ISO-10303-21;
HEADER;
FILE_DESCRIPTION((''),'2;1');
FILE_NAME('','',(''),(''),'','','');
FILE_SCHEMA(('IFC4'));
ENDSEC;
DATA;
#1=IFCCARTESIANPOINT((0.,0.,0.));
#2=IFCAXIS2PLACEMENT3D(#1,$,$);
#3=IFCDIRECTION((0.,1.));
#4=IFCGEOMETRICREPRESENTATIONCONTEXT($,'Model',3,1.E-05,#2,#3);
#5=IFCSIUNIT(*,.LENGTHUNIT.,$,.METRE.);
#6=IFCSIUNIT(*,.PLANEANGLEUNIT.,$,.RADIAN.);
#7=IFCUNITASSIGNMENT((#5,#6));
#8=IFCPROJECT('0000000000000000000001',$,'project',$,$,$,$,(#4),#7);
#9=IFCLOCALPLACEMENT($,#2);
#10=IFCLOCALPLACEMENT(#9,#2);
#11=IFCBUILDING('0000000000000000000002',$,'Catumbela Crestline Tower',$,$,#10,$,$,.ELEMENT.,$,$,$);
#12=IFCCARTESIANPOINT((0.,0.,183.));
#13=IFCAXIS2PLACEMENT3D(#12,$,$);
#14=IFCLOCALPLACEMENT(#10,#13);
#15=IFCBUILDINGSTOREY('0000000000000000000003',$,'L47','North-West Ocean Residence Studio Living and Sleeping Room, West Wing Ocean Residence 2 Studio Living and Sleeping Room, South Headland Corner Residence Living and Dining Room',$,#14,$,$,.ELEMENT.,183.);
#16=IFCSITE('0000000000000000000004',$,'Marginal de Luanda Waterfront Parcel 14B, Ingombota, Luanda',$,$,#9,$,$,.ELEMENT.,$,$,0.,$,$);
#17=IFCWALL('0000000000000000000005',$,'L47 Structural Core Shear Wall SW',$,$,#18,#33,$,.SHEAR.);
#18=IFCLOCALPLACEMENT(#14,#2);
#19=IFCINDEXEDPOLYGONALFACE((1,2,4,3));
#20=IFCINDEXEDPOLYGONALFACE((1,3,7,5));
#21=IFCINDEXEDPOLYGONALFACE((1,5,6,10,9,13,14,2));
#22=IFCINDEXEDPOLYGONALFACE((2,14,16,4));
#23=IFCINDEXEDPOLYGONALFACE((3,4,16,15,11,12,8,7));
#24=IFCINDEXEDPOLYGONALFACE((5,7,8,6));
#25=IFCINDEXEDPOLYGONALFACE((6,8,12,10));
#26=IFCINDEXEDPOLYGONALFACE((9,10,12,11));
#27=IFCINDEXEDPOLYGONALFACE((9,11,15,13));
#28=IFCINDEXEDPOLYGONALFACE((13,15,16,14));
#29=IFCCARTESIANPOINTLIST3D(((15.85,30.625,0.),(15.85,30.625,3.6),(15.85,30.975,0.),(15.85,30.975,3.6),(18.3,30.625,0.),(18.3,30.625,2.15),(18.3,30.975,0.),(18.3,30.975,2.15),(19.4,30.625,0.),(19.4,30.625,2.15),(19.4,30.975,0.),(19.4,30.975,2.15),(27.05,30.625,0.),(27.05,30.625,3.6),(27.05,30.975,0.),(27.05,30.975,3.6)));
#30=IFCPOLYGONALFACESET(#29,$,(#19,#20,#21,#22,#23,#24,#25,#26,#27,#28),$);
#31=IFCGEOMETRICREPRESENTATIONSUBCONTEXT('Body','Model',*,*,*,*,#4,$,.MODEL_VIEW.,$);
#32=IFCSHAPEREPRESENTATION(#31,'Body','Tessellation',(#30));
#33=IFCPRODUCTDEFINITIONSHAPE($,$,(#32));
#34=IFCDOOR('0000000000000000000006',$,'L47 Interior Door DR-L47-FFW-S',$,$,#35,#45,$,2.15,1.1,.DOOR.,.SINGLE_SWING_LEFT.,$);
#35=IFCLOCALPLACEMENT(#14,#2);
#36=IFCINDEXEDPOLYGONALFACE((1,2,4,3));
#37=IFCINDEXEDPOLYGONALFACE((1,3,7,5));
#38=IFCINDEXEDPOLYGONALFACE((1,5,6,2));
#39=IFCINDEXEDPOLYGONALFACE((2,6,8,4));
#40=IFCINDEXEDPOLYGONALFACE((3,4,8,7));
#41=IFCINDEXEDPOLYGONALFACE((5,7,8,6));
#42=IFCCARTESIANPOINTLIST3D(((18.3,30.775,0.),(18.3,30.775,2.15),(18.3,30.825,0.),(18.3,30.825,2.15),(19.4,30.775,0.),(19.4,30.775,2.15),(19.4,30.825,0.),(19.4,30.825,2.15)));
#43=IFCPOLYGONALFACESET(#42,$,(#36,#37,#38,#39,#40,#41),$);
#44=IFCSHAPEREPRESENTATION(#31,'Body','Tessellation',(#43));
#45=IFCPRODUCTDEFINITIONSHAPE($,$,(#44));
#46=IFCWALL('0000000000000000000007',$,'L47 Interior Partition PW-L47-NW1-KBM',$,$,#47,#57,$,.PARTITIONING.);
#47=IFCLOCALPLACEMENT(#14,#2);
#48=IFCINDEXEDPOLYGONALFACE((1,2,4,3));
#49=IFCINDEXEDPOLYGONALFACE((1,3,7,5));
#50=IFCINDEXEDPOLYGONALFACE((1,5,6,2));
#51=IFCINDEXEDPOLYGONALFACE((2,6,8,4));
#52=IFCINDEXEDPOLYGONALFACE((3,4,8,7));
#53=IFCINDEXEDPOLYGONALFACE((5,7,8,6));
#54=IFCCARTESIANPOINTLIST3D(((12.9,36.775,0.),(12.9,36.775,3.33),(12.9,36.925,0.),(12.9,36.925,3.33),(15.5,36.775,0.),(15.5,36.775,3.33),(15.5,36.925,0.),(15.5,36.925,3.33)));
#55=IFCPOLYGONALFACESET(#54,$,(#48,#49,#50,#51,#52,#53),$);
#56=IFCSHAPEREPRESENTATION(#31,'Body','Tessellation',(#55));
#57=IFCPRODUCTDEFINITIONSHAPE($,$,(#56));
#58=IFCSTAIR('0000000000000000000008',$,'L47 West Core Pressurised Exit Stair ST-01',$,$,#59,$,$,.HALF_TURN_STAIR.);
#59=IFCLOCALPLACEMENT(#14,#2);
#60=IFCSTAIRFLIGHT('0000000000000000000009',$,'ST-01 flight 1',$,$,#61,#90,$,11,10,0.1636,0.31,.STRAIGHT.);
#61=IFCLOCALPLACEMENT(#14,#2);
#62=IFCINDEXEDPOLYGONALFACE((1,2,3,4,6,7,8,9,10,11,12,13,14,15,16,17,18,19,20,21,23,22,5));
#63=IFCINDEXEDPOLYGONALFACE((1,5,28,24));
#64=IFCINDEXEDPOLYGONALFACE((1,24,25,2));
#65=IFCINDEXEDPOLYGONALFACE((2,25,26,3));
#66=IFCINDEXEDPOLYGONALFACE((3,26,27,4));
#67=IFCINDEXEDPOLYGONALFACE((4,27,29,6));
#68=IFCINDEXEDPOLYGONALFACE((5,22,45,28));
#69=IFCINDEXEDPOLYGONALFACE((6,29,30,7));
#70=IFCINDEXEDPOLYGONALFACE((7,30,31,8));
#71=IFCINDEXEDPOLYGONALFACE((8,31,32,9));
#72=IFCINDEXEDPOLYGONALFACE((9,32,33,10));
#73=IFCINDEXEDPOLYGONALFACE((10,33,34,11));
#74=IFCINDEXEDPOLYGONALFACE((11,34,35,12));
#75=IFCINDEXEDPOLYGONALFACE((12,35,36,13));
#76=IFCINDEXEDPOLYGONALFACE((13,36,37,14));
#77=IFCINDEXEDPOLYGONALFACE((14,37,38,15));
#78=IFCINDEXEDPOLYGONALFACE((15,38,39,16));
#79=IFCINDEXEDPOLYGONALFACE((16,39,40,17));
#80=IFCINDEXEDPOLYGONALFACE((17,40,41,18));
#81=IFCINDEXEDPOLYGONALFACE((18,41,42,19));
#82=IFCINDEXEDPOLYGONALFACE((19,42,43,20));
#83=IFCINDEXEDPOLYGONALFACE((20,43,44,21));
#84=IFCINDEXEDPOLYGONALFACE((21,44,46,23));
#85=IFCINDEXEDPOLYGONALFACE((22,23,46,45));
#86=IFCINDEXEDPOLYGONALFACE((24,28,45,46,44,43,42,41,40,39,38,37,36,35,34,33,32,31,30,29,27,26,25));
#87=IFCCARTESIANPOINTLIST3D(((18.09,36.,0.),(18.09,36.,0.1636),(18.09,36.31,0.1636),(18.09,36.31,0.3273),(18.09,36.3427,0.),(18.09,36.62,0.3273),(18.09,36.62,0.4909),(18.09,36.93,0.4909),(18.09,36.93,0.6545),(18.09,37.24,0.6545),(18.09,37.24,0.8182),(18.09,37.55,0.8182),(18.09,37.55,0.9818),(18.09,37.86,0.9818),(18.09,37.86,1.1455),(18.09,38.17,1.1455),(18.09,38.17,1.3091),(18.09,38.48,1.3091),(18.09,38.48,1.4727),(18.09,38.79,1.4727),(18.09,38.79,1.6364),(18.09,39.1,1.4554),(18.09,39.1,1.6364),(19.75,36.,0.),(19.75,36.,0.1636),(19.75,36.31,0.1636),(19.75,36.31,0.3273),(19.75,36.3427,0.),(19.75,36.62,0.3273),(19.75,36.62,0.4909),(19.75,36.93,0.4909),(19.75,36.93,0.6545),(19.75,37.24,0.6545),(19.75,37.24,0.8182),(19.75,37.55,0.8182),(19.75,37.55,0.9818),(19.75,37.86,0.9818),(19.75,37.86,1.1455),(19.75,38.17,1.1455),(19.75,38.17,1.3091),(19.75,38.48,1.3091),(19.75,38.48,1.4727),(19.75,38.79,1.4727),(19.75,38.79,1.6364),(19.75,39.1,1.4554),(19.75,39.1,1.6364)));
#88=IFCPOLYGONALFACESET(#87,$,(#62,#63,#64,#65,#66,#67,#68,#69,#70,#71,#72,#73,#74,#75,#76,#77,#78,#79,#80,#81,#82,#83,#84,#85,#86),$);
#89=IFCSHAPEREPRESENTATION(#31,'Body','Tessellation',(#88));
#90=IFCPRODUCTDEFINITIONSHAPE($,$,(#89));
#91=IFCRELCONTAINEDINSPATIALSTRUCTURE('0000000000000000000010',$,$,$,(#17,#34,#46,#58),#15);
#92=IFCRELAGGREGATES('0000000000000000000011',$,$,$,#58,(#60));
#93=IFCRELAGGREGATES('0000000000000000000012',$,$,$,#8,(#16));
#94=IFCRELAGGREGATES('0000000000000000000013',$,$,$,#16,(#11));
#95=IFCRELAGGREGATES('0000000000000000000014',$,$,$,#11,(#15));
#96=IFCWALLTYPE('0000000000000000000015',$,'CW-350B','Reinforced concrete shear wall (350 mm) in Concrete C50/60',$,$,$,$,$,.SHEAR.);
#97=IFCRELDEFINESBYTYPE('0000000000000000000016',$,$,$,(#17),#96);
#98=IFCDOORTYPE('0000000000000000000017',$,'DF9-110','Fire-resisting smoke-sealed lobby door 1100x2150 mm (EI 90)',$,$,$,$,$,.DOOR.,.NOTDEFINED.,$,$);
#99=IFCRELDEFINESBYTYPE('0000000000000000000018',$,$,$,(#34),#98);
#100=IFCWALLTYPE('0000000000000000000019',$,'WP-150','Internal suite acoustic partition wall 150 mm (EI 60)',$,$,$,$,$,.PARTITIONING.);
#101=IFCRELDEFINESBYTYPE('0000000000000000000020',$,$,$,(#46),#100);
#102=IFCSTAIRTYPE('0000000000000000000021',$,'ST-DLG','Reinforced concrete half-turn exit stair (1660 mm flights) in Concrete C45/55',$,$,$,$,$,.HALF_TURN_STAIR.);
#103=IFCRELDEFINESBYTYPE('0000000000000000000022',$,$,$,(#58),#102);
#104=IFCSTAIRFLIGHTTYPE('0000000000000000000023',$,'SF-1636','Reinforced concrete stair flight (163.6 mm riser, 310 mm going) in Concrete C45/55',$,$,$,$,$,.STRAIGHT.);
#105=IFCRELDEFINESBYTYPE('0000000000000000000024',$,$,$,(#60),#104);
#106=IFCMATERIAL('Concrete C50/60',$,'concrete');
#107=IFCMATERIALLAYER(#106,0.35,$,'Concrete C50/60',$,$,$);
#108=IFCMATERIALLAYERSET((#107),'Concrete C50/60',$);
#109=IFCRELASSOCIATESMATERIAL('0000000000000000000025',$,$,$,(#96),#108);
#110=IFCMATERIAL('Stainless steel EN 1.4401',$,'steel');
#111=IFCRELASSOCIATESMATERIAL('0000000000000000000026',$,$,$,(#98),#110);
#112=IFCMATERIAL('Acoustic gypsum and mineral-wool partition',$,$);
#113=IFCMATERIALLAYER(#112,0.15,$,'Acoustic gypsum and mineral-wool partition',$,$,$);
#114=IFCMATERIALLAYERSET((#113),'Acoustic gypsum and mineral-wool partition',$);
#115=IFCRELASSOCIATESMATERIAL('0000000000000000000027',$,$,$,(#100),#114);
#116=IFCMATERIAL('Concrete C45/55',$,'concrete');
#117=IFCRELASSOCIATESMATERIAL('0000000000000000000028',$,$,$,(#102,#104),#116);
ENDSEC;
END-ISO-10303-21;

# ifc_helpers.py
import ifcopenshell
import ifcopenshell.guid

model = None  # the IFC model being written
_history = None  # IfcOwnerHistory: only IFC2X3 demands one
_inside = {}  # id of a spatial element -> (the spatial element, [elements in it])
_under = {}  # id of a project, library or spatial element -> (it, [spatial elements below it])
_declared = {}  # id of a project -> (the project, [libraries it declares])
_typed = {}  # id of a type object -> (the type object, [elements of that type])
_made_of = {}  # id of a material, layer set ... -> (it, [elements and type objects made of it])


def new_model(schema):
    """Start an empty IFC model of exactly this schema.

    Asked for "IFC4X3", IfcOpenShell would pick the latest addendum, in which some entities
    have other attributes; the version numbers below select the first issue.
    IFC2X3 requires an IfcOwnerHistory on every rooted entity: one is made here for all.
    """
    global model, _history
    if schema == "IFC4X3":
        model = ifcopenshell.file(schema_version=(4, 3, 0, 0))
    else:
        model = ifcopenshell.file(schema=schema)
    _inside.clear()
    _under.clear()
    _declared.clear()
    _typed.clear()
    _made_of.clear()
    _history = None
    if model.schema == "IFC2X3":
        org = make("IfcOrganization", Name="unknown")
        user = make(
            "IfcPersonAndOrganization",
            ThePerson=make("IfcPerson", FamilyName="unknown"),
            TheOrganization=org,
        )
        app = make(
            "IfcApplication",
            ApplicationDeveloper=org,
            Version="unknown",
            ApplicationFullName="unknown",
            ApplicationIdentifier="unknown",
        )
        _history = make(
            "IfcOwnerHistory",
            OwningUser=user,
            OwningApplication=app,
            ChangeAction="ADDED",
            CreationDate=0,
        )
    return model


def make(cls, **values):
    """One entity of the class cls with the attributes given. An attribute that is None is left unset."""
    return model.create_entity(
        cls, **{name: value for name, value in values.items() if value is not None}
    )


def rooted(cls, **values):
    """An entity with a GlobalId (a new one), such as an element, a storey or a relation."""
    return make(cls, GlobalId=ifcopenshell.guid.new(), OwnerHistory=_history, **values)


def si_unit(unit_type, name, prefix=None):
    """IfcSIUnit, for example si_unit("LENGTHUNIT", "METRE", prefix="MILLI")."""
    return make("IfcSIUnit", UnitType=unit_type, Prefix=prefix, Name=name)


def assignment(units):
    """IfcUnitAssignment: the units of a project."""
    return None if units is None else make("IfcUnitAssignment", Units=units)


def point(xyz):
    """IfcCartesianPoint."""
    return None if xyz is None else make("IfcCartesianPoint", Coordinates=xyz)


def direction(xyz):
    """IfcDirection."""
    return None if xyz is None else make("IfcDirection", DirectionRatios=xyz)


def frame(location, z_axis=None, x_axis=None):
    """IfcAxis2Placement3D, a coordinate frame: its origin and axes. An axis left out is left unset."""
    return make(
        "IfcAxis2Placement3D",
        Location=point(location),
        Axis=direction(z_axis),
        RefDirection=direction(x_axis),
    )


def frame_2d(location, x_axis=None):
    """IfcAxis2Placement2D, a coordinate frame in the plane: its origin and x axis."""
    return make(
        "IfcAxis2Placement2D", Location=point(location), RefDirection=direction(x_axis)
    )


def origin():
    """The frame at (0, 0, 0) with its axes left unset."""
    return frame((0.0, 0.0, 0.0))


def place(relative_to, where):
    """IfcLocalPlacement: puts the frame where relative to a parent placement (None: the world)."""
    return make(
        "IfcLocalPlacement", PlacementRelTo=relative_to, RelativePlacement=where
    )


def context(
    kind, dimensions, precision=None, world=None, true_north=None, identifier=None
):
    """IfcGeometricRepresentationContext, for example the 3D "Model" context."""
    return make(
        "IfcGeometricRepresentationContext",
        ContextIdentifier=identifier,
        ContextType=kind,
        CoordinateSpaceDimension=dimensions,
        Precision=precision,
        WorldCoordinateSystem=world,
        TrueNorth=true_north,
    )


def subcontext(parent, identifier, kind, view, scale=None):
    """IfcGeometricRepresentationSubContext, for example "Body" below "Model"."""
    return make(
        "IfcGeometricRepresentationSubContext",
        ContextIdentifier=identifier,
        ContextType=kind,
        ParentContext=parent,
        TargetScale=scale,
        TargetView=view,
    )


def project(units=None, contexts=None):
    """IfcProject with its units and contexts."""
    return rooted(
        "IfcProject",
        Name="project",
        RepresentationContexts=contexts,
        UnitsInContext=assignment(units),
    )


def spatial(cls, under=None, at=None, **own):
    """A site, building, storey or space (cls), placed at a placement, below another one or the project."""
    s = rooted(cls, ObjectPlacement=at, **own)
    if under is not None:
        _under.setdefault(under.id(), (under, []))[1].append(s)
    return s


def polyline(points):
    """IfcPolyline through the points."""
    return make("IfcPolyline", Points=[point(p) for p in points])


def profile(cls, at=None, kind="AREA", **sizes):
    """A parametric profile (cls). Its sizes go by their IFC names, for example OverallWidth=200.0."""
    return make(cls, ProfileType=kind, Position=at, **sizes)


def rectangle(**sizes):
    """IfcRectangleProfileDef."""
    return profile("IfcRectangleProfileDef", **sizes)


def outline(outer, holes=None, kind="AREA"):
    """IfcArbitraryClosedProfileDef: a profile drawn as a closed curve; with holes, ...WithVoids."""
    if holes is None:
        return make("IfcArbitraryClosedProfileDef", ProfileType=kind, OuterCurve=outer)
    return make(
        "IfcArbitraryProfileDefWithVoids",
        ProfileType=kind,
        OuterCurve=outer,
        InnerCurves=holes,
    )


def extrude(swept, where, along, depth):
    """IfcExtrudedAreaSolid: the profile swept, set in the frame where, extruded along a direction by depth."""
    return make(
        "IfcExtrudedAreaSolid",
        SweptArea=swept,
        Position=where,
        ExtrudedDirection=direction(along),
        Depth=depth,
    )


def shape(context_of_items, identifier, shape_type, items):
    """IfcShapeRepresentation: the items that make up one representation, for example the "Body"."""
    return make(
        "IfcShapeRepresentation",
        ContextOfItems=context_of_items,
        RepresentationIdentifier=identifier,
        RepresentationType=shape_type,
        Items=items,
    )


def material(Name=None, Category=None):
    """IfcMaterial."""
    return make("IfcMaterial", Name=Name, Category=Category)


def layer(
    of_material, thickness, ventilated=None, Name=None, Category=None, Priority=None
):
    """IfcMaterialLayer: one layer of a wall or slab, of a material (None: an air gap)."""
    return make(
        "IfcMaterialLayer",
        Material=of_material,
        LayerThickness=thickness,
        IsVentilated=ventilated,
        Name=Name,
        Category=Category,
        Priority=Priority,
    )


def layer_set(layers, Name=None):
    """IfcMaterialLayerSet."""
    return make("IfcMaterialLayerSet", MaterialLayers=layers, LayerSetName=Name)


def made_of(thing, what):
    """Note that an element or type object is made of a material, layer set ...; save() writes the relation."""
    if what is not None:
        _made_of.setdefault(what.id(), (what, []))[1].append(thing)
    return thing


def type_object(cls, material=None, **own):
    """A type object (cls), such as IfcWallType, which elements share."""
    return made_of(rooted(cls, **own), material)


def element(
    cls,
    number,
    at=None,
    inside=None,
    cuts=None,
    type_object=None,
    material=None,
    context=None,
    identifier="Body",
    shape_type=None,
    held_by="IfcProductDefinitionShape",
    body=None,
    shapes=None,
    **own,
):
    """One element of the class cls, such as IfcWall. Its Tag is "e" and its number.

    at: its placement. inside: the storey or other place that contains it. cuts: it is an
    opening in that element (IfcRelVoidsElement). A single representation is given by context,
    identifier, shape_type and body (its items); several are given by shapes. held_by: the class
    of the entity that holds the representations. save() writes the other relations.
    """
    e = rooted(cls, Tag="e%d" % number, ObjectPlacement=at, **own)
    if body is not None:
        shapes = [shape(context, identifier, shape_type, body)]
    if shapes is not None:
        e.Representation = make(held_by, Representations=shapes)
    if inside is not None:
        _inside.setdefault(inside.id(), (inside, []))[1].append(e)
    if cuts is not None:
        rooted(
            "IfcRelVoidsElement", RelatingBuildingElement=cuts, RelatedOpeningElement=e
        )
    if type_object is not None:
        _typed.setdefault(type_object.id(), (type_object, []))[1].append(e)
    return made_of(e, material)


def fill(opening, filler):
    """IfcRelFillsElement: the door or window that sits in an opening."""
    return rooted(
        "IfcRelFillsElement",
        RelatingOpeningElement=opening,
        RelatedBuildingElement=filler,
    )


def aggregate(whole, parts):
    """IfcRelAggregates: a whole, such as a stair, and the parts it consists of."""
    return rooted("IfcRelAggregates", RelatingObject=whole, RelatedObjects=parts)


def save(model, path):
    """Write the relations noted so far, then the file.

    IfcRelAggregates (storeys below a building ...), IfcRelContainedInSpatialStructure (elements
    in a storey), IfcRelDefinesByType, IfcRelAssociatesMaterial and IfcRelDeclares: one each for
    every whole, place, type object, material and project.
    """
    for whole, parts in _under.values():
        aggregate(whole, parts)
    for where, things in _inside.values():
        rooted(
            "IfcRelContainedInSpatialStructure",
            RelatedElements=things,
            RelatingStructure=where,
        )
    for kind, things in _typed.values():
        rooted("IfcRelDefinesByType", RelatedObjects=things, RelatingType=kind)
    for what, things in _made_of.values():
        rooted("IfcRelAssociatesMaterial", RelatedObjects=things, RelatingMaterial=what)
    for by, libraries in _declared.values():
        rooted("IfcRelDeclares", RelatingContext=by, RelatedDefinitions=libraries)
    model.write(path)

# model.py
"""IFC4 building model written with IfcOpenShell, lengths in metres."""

from ifc_helpers import new_model, si_unit, direction, frame, frame_2d, origin, place, context, subcontext, project, spatial, polyline, rectangle, outline, extrude, material, layer, layer_set, type_object, element, fill, aggregate, save


model = new_model("IFC4")

# Units and contexts
model_context = context("Model", 3, precision=1e-05, world=origin(), true_north=direction((0.0, 1.0)))
body_context = subcontext(model_context, "Body", "Model", "MODEL_VIEW")
ifc_project = project(units=[si_unit("LENGTHUNIT", "METRE"), si_unit("PLANEANGLEUNIT", "RADIAN")], contexts=[model_context])

# Site, building, storey
site_placement = place(None, origin())
site = spatial("IfcSite", under=ifc_project, at=site_placement, Name="Marginal de Luanda Waterfront Parcel 14B, Ingombota, Luanda", CompositionType="ELEMENT", RefElevation=0.0)
building_placement = place(site_placement, origin())
building = spatial("IfcBuilding", under=site, at=building_placement, Name="Catumbela Crestline Tower", CompositionType="ELEMENT")
storey_placement = place(building_placement, frame((0.0, 0.0, 183.0)))
storey = spatial("IfcBuildingStorey", under=building, at=storey_placement, Name="L47", Description="North-West Ocean Residence Studio Living and Sleeping Room, West Wing Ocean Residence 2 Studio Living and Sleeping Room, South Headland Corner Residence Living and Dining Room", CompositionType="ELEMENT", Elevation=183.0)

# Shared definitions
ifc_material_1 = material(Name="Concrete C50/60", Category="concrete")

# Shared definitions
ifc_material_2 = material(Name="Stainless steel EN 1.4401", Category="steel")

# Wall, opening, door
ifc_layer_1 = layer(ifc_material_1, 0.35, Name="Concrete C50/60")
ifc_layer_set_1 = layer_set([ifc_layer_1], Name="Concrete C50/60")
wall_type_1 = type_object("IfcWallType", Name="CW-350B", Description="Reinforced concrete shear wall (350 mm) in Concrete C50/60", PredefinedType="SHEAR", material=ifc_layer_set_1)
wall_1_placement = place(storey_placement, frame((15.85, 30.8, 0.0), z_axis=(0.0, 0.0, 1.0), x_axis=(1.0, 0.0, 0.0)))
wall_1 = element("IfcWall", 1, at=wall_1_placement, inside=storey, type_object=wall_type_1, Name="L47 Structural Core Shear Wall SW", PredefinedType="SHEAR", context=body_context, shape_type="SweptSolid", body=[
    extrude(rectangle(XDim=11.2, YDim=0.35, at=frame_2d((5.6, 0.0))), origin(), (0.0, 0.0, 1.0), 3.6),
])
opening_1_placement = place(wall_1_placement, frame((2.45, 0.0, 0.0)))
opening_1 = element("IfcOpeningElement", 2, at=opening_1_placement, cuts=wall_1, PredefinedType="OPENING", context=body_context, shape_type="SweptSolid", body=[
    extrude(rectangle(XDim=1.1, YDim=2.15, at=frame_2d((0.55, 1.075))), frame((0.0, 0.185, 0.0), z_axis=(0.0, -1.0, 0.0), x_axis=(1.0, 0.0, 0.0)), (0.0, 0.0, 1.0), 0.37),
])
door_type_1 = type_object("IfcDoorType", Name="DF9-110", Description="Fire-resisting smoke-sealed lobby door 1100x2150 mm (EI 90)", OperationType="NOTDEFINED", PredefinedType="DOOR", material=ifc_material_2)
door_1_placement = place(opening_1_placement, origin())
door_1 = element("IfcDoor", 3, at=door_1_placement, inside=storey, type_object=door_type_1, Name="L47 Interior Door DR-L47-FFW-S", OperationType="SINGLE_SWING_LEFT", OverallHeight=2.15, OverallWidth=1.1, PredefinedType="DOOR", context=body_context, shape_type="SweptSolid", body=[
    extrude(rectangle(XDim=1.1, YDim=2.15, at=frame_2d((0.55, 1.075))), frame((0.0, 0.025, 0.0), z_axis=(0.0, -1.0, 0.0), x_axis=(1.0, 0.0, 0.0)), (0.0, 0.0, 1.0), 0.05),
])
fill(opening_1, door_1)

# Wall
ifc_material_3 = material(Name="Acoustic gypsum and mineral-wool partition")
ifc_layer_2 = layer(ifc_material_3, 0.15, Name="Acoustic gypsum and mineral-wool partition")
ifc_layer_set_2 = layer_set([ifc_layer_2], Name="Acoustic gypsum and mineral-wool partition")
wall_type_2 = type_object("IfcWallType", Name="WP-150", Description="Internal suite acoustic partition wall 150 mm (EI 60)", PredefinedType="PARTITIONING", material=ifc_layer_set_2)
wall_2_placement = place(storey_placement, frame((12.9, 36.85, 0.0), z_axis=(0.0, 0.0, 1.0), x_axis=(1.0, 0.0, 0.0)))
element("IfcWall", 4, at=wall_2_placement, inside=storey, type_object=wall_type_2, Name="L47 Interior Partition PW-L47-NW1-KBM", PredefinedType="PARTITIONING", context=body_context, shape_type="SweptSolid", body=[
    extrude(rectangle(XDim=2.6, YDim=0.15, at=frame_2d((1.3, 0.0))), origin(), (0.0, 0.0, 1.0), 3.33),
])

# Stair, stair flight
ifc_material_4 = material(Name="Concrete C45/55", Category="concrete")
stair_type = type_object("IfcStairType", Name="ST-DLG", Description="Reinforced concrete half-turn exit stair (1660 mm flights) in Concrete C45/55", PredefinedType="HALF_TURN_STAIR", material=ifc_material_4)
stair_placement = place(storey_placement, origin())
stair = element("IfcStair", 5, at=stair_placement, inside=storey, type_object=stair_type, Name="L47 West Core Pressurised Exit Stair ST-01", PredefinedType="HALF_TURN_STAIR")
stair_flight_type = type_object("IfcStairFlightType", Name="SF-1636", Description="Reinforced concrete stair flight (163.6 mm riser, 310 mm going) in Concrete C45/55", PredefinedType="STRAIGHT", material=ifc_material_4)
stair_flight_placement = place(storey_placement, frame((18.92, 36.0, 0.0), z_axis=(0.0, 0.0, 1.0), x_axis=(0.0, 1.0, 0.0)))
stair_flight = element("IfcStairFlight", 6, at=stair_flight_placement, type_object=stair_flight_type, Name="ST-01 flight 1", NumberOfRisers=11, NumberOfTreads=10, PredefinedType="STRAIGHT", RiserHeight=0.1636, TreadLength=0.31, context=body_context, shape_type="SweptSolid", body=[
    extrude(outline(polyline([(0.0, 0.0), (0.0, 0.1636), (0.31, 0.1636), (0.31, 0.3273), (0.62, 0.3273), (0.62, 0.4909), (0.93, 0.4909), (0.93, 0.6545), (1.24, 0.6545), (1.24, 0.8182), (1.55, 0.8182), (1.55, 0.9818), (1.86, 0.9818), (1.86, 1.1455), (2.17, 1.1455), (2.17, 1.3091), (2.48, 1.3091), (2.48, 1.4727), (2.79, 1.4727), (2.79, 1.6364), (3.1, 1.6364), (3.1, 1.8), (3.1, 1.4554), (0.3427, 0.0), (0.0, 0.0)])), frame((0.0, 0.83, 0.0), z_axis=(0.0, -1.0, 0.0), x_axis=(1.0, 0.0, 0.0)), (0.0, 0.0, 1.0), 1.66),
])
aggregate(stair, [stair_flight])

save(model, "model.ifc")
